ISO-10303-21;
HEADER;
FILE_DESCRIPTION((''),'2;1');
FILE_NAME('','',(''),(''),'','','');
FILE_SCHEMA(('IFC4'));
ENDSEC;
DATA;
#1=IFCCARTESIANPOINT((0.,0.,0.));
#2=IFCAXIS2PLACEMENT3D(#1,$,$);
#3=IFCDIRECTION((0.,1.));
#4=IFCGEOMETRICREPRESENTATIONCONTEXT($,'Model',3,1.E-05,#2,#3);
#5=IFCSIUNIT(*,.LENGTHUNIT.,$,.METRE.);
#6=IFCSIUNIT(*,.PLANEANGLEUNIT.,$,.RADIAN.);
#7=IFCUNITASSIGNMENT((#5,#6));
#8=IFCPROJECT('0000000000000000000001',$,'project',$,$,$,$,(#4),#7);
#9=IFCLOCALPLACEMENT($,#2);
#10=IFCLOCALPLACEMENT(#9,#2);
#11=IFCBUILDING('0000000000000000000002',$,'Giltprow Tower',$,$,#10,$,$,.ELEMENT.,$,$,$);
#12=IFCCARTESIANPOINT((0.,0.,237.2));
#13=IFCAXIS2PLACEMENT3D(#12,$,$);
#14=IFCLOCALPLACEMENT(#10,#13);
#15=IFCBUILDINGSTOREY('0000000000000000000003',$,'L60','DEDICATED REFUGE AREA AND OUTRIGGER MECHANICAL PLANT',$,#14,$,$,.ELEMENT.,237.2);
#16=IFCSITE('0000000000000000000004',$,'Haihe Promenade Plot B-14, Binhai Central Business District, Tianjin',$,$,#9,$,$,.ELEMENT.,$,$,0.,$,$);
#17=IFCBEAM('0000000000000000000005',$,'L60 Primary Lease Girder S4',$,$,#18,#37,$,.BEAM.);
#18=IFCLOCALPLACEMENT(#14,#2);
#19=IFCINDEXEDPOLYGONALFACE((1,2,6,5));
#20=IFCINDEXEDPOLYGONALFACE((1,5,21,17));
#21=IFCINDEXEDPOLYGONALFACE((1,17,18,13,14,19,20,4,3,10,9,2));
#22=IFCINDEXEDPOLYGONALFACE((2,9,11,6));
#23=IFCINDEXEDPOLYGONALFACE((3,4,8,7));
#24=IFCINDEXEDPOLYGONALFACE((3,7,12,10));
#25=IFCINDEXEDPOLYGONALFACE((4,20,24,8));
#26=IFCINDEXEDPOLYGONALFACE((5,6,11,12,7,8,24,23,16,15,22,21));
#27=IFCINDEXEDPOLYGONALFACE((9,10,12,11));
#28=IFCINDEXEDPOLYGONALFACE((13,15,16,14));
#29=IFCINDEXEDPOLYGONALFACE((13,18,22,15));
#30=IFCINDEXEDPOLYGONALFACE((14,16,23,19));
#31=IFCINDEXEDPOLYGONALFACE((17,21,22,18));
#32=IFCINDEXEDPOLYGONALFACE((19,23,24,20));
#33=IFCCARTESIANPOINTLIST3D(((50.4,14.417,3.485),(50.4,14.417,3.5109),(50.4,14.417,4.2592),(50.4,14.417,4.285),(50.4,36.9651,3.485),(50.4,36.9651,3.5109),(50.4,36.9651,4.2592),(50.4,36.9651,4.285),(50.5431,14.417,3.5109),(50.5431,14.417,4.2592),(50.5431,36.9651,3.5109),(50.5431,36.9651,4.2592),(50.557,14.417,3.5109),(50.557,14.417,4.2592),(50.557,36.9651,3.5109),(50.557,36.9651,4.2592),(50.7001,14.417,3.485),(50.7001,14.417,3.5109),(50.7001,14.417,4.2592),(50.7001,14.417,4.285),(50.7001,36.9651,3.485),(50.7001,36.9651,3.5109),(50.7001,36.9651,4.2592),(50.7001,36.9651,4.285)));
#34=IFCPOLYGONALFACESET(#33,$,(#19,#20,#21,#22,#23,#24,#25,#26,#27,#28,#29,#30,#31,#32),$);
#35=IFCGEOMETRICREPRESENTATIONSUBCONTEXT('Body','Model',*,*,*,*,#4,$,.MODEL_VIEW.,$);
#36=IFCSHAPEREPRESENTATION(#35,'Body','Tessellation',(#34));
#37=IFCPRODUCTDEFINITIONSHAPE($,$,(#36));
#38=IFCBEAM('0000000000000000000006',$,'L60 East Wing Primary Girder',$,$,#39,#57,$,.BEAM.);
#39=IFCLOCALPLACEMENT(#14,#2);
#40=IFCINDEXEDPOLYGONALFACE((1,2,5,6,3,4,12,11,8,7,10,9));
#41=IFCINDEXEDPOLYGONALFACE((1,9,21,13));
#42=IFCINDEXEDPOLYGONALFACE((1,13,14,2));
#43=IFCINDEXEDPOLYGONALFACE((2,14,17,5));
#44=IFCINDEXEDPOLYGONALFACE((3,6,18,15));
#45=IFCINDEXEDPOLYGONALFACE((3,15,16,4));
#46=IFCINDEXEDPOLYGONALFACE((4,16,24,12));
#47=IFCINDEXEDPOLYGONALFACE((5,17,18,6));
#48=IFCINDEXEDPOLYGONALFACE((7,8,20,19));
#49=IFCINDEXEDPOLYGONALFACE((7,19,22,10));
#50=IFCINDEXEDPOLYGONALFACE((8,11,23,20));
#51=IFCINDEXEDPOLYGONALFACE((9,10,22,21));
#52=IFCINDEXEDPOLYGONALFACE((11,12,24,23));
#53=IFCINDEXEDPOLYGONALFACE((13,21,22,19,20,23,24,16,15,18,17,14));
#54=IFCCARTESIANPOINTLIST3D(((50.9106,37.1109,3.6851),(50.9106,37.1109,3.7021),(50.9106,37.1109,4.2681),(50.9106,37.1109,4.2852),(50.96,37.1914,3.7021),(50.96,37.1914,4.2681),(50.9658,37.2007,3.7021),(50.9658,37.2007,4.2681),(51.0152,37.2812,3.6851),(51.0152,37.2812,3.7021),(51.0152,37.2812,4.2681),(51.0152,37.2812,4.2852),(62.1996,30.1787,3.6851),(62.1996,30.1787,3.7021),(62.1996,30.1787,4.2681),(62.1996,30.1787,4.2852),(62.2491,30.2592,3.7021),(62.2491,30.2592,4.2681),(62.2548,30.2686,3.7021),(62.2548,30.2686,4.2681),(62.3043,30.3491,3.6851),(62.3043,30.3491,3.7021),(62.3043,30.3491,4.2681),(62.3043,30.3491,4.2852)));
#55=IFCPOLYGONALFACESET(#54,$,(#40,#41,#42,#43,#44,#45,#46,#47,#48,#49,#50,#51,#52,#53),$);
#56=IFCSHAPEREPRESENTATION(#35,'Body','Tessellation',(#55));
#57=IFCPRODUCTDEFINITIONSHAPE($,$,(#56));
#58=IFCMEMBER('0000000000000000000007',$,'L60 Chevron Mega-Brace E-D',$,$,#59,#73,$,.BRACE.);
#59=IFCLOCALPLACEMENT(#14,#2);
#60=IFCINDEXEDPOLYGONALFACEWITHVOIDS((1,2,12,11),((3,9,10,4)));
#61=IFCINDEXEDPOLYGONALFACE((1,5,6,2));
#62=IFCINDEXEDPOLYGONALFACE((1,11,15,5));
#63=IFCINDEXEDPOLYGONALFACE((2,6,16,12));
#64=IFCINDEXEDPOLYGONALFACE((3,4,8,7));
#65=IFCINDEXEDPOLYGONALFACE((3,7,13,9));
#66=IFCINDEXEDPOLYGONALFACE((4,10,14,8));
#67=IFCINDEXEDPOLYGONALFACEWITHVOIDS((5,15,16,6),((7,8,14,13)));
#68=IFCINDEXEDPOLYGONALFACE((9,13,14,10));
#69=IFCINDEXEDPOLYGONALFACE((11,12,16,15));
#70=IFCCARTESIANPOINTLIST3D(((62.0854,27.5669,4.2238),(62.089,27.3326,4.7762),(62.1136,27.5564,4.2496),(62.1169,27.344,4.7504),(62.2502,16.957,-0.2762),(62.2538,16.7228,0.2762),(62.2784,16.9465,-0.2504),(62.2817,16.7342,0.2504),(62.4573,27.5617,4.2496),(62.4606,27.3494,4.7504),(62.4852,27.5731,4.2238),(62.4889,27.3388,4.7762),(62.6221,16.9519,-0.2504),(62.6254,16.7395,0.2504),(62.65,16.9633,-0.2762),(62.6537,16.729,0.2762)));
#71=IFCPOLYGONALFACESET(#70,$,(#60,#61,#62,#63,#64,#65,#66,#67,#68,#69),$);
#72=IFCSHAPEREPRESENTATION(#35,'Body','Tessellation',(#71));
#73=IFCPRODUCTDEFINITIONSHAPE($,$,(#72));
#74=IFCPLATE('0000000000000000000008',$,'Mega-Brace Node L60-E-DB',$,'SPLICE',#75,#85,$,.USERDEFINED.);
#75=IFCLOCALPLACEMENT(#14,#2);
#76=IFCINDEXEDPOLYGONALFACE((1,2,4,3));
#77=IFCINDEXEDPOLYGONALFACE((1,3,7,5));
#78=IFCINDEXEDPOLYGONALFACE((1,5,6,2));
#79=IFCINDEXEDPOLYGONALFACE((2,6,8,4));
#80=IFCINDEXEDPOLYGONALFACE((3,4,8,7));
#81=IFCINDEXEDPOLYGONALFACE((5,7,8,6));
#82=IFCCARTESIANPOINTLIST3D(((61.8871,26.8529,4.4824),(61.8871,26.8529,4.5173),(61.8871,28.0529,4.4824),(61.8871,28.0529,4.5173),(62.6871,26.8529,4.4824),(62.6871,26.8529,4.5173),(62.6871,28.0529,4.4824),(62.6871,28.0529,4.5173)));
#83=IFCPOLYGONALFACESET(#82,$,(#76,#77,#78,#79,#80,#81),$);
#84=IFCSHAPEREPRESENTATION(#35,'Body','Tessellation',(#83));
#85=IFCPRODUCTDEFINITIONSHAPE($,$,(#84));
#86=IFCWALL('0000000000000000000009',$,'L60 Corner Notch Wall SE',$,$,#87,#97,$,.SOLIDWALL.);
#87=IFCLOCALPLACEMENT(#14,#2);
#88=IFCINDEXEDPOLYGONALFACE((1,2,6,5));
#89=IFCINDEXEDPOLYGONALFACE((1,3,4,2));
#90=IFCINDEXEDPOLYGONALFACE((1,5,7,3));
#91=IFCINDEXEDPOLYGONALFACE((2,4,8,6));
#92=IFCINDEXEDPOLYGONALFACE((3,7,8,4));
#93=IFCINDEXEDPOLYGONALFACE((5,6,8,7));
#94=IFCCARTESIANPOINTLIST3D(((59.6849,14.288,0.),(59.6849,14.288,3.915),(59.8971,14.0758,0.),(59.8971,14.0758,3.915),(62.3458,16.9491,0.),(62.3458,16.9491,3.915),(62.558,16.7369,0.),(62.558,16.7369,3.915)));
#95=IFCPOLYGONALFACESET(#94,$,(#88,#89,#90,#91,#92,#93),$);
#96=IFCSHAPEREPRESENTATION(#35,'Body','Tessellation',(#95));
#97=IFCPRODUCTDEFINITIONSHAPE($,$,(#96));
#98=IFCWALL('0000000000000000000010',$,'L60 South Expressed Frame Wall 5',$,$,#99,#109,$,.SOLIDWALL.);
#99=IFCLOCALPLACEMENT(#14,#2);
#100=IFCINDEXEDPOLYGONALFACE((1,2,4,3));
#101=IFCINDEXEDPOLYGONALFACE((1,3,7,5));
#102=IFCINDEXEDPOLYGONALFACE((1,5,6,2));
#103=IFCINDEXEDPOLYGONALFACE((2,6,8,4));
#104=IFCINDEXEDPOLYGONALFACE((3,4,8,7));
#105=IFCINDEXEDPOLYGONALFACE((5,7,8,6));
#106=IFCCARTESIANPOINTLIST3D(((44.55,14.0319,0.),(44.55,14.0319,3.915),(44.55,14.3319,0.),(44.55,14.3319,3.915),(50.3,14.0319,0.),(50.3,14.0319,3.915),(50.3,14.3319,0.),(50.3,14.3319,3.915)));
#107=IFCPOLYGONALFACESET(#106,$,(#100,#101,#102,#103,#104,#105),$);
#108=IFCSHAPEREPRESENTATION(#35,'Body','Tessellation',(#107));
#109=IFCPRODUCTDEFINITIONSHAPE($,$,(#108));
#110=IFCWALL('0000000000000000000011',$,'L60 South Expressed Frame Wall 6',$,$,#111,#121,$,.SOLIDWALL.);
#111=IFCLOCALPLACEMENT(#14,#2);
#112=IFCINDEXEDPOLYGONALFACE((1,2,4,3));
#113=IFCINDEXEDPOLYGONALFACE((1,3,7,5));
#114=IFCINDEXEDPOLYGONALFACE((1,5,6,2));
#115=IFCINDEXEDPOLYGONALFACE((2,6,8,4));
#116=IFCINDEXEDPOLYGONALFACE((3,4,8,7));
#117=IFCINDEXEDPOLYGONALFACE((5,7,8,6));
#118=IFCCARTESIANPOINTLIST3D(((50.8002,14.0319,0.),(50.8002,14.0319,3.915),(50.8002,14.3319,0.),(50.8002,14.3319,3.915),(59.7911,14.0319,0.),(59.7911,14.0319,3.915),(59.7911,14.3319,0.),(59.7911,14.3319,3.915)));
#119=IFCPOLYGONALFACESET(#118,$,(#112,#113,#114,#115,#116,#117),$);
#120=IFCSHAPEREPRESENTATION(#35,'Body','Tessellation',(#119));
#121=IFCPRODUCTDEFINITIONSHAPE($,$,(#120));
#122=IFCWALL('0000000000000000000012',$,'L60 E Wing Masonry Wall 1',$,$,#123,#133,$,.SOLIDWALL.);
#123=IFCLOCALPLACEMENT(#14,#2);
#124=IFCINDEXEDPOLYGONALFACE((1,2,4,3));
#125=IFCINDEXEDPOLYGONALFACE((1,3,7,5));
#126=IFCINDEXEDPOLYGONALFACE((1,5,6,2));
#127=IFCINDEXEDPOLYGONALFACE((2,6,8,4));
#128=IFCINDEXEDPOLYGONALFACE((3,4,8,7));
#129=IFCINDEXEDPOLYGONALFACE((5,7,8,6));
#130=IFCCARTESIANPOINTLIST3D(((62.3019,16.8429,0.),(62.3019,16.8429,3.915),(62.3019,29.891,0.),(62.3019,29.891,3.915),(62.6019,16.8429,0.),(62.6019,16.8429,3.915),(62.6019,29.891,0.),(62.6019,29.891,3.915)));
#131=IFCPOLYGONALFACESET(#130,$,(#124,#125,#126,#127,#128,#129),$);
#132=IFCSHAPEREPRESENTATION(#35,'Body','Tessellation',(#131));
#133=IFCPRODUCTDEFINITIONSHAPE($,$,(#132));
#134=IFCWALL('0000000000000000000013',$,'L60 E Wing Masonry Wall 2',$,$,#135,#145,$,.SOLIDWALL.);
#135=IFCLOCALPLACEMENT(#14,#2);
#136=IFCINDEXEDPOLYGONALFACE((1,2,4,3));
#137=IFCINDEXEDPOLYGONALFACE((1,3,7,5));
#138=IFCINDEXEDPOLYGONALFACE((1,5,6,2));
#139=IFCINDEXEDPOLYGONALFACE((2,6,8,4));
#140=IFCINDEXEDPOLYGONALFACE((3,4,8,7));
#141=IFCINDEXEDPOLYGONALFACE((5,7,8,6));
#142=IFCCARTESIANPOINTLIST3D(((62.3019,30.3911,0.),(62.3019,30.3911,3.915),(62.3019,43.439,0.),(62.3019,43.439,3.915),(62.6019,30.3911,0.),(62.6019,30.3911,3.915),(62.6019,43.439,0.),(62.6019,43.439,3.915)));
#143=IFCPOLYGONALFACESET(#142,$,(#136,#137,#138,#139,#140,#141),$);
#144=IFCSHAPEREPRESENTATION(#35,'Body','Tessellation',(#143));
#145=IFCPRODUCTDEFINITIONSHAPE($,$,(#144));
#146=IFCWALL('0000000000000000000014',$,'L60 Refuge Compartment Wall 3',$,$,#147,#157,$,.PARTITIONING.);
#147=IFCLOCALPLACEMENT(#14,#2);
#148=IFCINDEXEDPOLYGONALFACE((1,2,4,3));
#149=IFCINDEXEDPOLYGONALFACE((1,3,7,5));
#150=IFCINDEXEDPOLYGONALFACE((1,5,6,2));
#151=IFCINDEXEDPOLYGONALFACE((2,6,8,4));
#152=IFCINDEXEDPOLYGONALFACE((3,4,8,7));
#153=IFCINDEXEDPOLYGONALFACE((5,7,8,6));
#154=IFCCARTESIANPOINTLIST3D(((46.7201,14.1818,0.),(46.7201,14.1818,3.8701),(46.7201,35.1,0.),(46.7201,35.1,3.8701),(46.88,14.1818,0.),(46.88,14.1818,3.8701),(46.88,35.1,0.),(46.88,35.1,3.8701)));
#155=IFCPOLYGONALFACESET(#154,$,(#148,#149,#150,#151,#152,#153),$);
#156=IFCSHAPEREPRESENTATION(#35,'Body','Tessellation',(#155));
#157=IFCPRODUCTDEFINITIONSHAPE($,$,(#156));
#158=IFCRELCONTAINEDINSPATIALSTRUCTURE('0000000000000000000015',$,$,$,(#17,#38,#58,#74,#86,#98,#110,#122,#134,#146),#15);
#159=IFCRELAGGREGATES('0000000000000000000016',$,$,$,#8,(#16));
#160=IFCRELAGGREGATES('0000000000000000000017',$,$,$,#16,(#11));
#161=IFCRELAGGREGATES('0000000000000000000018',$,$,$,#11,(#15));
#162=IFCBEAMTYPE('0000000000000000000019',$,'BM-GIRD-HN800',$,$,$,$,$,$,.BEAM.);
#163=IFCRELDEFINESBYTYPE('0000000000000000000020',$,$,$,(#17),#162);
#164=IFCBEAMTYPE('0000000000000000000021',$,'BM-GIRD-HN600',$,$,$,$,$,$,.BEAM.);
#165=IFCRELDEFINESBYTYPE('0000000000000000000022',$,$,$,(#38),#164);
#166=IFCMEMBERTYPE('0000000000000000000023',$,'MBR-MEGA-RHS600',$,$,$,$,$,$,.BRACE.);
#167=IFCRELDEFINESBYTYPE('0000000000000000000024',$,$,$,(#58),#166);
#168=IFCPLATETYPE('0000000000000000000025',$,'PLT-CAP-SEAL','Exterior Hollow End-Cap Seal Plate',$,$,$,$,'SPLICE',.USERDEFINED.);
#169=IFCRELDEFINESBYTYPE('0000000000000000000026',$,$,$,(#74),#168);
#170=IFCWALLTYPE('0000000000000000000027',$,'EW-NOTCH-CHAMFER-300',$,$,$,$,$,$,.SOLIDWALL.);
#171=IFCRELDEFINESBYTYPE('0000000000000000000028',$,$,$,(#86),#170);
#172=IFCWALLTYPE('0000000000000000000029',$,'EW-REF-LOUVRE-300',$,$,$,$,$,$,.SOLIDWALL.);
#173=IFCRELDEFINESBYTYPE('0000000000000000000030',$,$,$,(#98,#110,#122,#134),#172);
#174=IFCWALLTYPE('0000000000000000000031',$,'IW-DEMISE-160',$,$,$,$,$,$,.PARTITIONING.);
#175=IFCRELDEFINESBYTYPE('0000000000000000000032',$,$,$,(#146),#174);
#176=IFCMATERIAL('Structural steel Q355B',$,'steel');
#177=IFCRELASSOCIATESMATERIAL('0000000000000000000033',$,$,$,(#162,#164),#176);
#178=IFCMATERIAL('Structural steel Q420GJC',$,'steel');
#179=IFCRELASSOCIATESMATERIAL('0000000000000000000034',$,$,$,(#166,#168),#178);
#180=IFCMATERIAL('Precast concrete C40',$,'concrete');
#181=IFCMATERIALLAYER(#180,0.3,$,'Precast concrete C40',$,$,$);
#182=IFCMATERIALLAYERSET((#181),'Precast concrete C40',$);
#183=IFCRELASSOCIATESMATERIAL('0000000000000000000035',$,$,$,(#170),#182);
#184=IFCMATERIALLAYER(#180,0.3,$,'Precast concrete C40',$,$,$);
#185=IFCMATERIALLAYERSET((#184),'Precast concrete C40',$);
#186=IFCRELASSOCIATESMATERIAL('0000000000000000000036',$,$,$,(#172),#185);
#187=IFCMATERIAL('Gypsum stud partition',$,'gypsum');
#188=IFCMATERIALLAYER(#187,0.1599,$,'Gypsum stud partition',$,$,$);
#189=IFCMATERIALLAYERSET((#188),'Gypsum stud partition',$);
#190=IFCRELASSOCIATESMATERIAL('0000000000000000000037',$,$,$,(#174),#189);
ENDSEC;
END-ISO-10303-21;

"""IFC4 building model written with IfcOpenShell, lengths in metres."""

from ifc_helpers import new_model, si_unit, direction, frame, frame_2d, origin, origin_2d, place, context, subcontext, project, spatial, rectangle, hollow_rectangle, i_section, extrude, source, transform, mapped, material, layer, layer_set, material_profile, profile_set, type_object, element, save


model = new_model("IFC4")

# Units and contexts
model_context = context("Model", 3, precision=1e-05, world=origin(), true_north=direction((0.0, 1.0)))
body_context = subcontext(model_context, "Body", "Model", "MODEL_VIEW")
ifc_project = project(units=[si_unit("LENGTHUNIT", "METRE"), si_unit("PLANEANGLEUNIT", "RADIAN")], contexts=[model_context])

# Site, building, storey
site_placement = place(None, origin())
site = spatial("IfcSite", under=ifc_project, at=site_placement, Name="Haihe Promenade Plot B-14, Binhai Central Business District, Tianjin", CompositionType="ELEMENT", RefElevation=0.0)
building_placement = place(site_placement, origin())
building = spatial("IfcBuilding", under=site, at=building_placement, Name="Giltprow Tower", CompositionType="ELEMENT")
storey_placement = place(building_placement, frame((0.0, 0.0, 237.2)))
storey = spatial("IfcBuildingStorey", under=building, at=storey_placement, Name="L60", Description="DEDICATED REFUGE AREA AND OUTRIGGER MECHANICAL PLANT", CompositionType="ELEMENT", Elevation=237.2)

# Shared definitions
ifc_material_1 = material(Name="Structural steel Q420GJC", Category="steel")
ifc_material_2 = material(Name="Structural steel Q355B", Category="steel")

# Beams
ifc_material_profile_1 = material_profile(ifc_material_2, i_section(OverallWidth=0.3, OverallDepth=0.8, WebThickness=0.0139, FlangeThickness=0.0259, at=origin_2d()), Name="HN 800x300x14x26")
ifc_profile_set_1 = profile_set([ifc_material_profile_1], Name="Structural steel Q355B")
beam_type_1 = type_object("IfcBeamType", Name="BM-GIRD-HN800", PredefinedType="BEAM", material=ifc_profile_set_1)
shared_shape_1 = source(origin(), body_context, "Body", "SweptSolid", [
    extrude(i_section(OverallWidth=0.3, OverallDepth=0.8, WebThickness=0.0139, FlangeThickness=0.0259, at=origin_2d()), origin(), (0.0, 0.0, 1.0), 22.5481),
])
beam_1_placement = place(storey_placement, frame((50.55, 14.417, 3.885), z_axis=(0.0, 1.0, 0.0), x_axis=(-1.0, 0.0, 0.0)))
element("IfcBeam", 1, at=beam_1_placement, inside=storey, type_object=beam_type_1, Name="L60 Primary Lease Girder S4", PredefinedType="BEAM", context=body_context, shape_type="MappedRepresentation", body=[
    mapped(shared_shape_1, transform((0.0, 0.0, 0.0), x_axis=(1.0, 0.0, 0.0), y_axis=(0.0, 1.0, 0.0), z_axis=(0.0, 0.0, 1.0), scale=1.0)),
])
ifc_material_profile_2 = material_profile(ifc_material_2, i_section(OverallWidth=0.2, OverallDepth=0.6001, WebThickness=0.011, FlangeThickness=0.0171, at=origin_2d()), Name="HN 600x200x11x17")
ifc_profile_set_2 = profile_set([ifc_material_profile_2], Name="Structural steel Q355B")
beam_type_2 = type_object("IfcBeamType", Name="BM-GIRD-HN600", PredefinedType="BEAM", material=ifc_profile_set_2)
shared_shape_2 = source(origin(), body_context, "Body", "SweptSolid", [
    extrude(i_section(OverallWidth=0.2, OverallDepth=0.6001, WebThickness=0.011, FlangeThickness=0.0171, at=origin_2d()), origin(), (0.0, 0.0, 1.0), 13.2476),
])
beam_2_placement = place(storey_placement, frame((62.252, 30.2639, 3.9851), z_axis=(-0.852163, 0.523277, 0.0), x_axis=(-0.523277, -0.852163, 0.0)))
element("IfcBeam", 2, at=beam_2_placement, inside=storey, type_object=beam_type_2, Name="L60 East Wing Primary Girder", PredefinedType="BEAM", context=body_context, shape_type="MappedRepresentation", body=[
    mapped(shared_shape_2, transform((0.0, 0.0, 0.0), x_axis=(1.0, 0.0, 0.0), y_axis=(0.0, 1.0, 0.0), z_axis=(0.0, 0.0, 1.0), scale=1.0)),
])

# Member
ifc_material_profile_3 = material_profile(ifc_material_1, hollow_rectangle(XDim=0.3999, YDim=0.6001, WallThickness=0.0281, at=origin_2d()), Name="RHS 600x400x28")
ifc_profile_set_3 = profile_set([ifc_material_profile_3], Name="Structural steel Q420GJC")
member_type = type_object("IfcMemberType", Name="MBR-MEGA-RHS600", PredefinedType="BRACE", material=ifc_profile_set_3)
shared_shape_3 = source(origin(), body_context, "Body", "SweptSolid", [
    extrude(hollow_rectangle(XDim=0.3999, YDim=0.6001, WallThickness=0.0281, at=origin_2d()), origin(), (0.0, 0.0, 1.0), 11.5259),
])
member_placement = place(storey_placement, frame((62.4519, 16.843, 0.0), z_axis=(-0.014298, 0.920524, 0.390425), x_axis=(-0.999879, -0.01553, 0.0)))
element("IfcMember", 3, at=member_placement, inside=storey, type_object=member_type, Name="L60 Chevron Mega-Brace E-D", PredefinedType="BRACE", context=body_context, shape_type="MappedRepresentation", body=[
    mapped(shared_shape_3, transform((0.0, 0.0, 0.0), x_axis=(1.0, 0.0, 0.0), y_axis=(0.0, 1.0, 0.0), z_axis=(0.0, 0.0, 1.0), scale=1.0)),
])

# Plate
plate_type = type_object("IfcPlateType", Name="PLT-CAP-SEAL", Description="Exterior Hollow End-Cap Seal Plate", ElementType="SPLICE", PredefinedType="USERDEFINED", material=ifc_material_1)
shared_shape_4 = source(origin(), body_context, "Body", "SweptSolid", [
    extrude(rectangle(XDim=1.2, YDim=0.8, at=origin_2d()), origin(), (0.0, 0.0, 1.0), 0.0349),
])
plate_placement = place(storey_placement, frame((62.2871, 27.4529, 4.4824), z_axis=(0.0, 0.0, 1.0), x_axis=(0.0, 1.0, 0.0)))
element("IfcPlate", 4, at=plate_placement, inside=storey, type_object=plate_type, Name="Mega-Brace Node L60-E-DB", ObjectType="SPLICE", PredefinedType="USERDEFINED", context=body_context, shape_type="MappedRepresentation", body=[
    mapped(shared_shape_4, transform((0.0, 0.0, 0.0), x_axis=(1.0, 0.0, 0.0), y_axis=(0.0, 1.0, 0.0), z_axis=(0.0, 0.0, 1.0), scale=1.0)),
])

# Walls
ifc_material_3 = material(Name="Precast concrete C40", Category="concrete")
ifc_layer_1 = layer(ifc_material_3, 0.3, Name="Precast concrete C40")
ifc_layer_set_1 = layer_set([ifc_layer_1], Name="Precast concrete C40")
wall_type_1 = type_object("IfcWallType", Name="EW-NOTCH-CHAMFER-300", PredefinedType="SOLIDWALL", material=ifc_layer_set_1)
wall_1_placement = place(storey_placement, frame((59.791, 14.1819, 0.0), z_axis=(0.0, 0.0, 1.0), x_axis=(0.707074, 0.707139, 0.0)))
element("IfcWall", 5, at=wall_1_placement, inside=storey, type_object=wall_type_1, Name="L60 Corner Notch Wall SE", PredefinedType="SOLIDWALL", context=body_context, shape_type="SweptSolid", body=[
    extrude(rectangle(XDim=3.7632, YDim=0.3, at=frame_2d((1.8816, 0.0))), origin(), (0.0, 0.0, 1.0), 3.915),
])
ifc_layer_2 = layer(ifc_material_3, 0.3, Name="Precast concrete C40")
ifc_layer_set_2 = layer_set([ifc_layer_2], Name="Precast concrete C40")
wall_type_2 = type_object("IfcWallType", Name="EW-REF-LOUVRE-300", PredefinedType="SOLIDWALL", material=ifc_layer_set_2)
wall_2_placement = place(storey_placement, frame((44.55, 14.1819, 0.0), z_axis=(0.0, 0.0, 1.0), x_axis=(1.0, 0.0, 0.0)))
element("IfcWall", 6, at=wall_2_placement, inside=storey, type_object=wall_type_2, Name="L60 South Expressed Frame Wall 5", PredefinedType="SOLIDWALL", context=body_context, shape_type="SweptSolid", body=[
    extrude(rectangle(XDim=5.75, YDim=0.3, at=frame_2d((2.875, 0.0))), origin(), (0.0, 0.0, 1.0), 3.915),
])
wall_3_placement = place(storey_placement, frame((50.8, 14.1819, 0.0), z_axis=(0.0, 0.0, 1.0), x_axis=(1.0, 0.0, 0.0)))
element("IfcWall", 7, at=wall_3_placement, inside=storey, type_object=wall_type_2, Name="L60 South Expressed Frame Wall 6", PredefinedType="SOLIDWALL", context=body_context, shape_type="SweptSolid", body=[
    extrude(rectangle(XDim=8.991, YDim=0.3, at=frame_2d((4.4956, 0.0))), origin(), (0.0, 0.0, 1.0), 3.915),
])
wall_4_placement = place(storey_placement, frame((62.4519, 16.843, 0.0), z_axis=(0.0, 0.0, 1.0), x_axis=(0.0, 1.0, 0.0)))
element("IfcWall", 8, at=wall_4_placement, inside=storey, type_object=wall_type_2, Name="L60 E Wing Masonry Wall 1", PredefinedType="SOLIDWALL", context=body_context, shape_type="SweptSolid", body=[
    extrude(rectangle(XDim=13.0481, YDim=0.3, at=frame_2d((6.5239, 0.0))), origin(), (0.0, 0.0, 1.0), 3.915),
])
wall_5_placement = place(storey_placement, frame((62.4519, 30.3911, 0.0), z_axis=(0.0, 0.0, 1.0), x_axis=(0.0, 1.0, 0.0)))
element("IfcWall", 9, at=wall_5_placement, inside=storey, type_object=wall_type_2, Name="L60 E Wing Masonry Wall 2", PredefinedType="SOLIDWALL", context=body_context, shape_type="SweptSolid", body=[
    extrude(rectangle(XDim=13.0479, YDim=0.3, at=frame_2d((6.5239, 0.0))), origin(), (0.0, 0.0, 1.0), 3.915),
])
ifc_material_4 = material(Name="Gypsum stud partition", Category="gypsum")
ifc_layer_3 = layer(ifc_material_4, 0.1599, Name="Gypsum stud partition")
ifc_layer_set_3 = layer_set([ifc_layer_3], Name="Gypsum stud partition")
wall_type_3 = type_object("IfcWallType", Name="IW-DEMISE-160", PredefinedType="PARTITIONING", material=ifc_layer_set_3)
wall_6_placement = place(storey_placement, frame((46.8, 14.1819, 0.0), z_axis=(0.0, 0.0, 1.0), x_axis=(0.0, 1.0, 0.0)))
element("IfcWall", 10, at=wall_6_placement, inside=storey, type_object=wall_type_3, Name="L60 Refuge Compartment Wall 3", PredefinedType="PARTITIONING", context=body_context, shape_type="SweptSolid", body=[
    extrude(rectangle(XDim=20.9182, YDim=0.1599, at=frame_2d((10.459, 0.0))), origin(), (0.0, 0.0, 1.0), 3.8701),
])

save(model, "model.ifc")
